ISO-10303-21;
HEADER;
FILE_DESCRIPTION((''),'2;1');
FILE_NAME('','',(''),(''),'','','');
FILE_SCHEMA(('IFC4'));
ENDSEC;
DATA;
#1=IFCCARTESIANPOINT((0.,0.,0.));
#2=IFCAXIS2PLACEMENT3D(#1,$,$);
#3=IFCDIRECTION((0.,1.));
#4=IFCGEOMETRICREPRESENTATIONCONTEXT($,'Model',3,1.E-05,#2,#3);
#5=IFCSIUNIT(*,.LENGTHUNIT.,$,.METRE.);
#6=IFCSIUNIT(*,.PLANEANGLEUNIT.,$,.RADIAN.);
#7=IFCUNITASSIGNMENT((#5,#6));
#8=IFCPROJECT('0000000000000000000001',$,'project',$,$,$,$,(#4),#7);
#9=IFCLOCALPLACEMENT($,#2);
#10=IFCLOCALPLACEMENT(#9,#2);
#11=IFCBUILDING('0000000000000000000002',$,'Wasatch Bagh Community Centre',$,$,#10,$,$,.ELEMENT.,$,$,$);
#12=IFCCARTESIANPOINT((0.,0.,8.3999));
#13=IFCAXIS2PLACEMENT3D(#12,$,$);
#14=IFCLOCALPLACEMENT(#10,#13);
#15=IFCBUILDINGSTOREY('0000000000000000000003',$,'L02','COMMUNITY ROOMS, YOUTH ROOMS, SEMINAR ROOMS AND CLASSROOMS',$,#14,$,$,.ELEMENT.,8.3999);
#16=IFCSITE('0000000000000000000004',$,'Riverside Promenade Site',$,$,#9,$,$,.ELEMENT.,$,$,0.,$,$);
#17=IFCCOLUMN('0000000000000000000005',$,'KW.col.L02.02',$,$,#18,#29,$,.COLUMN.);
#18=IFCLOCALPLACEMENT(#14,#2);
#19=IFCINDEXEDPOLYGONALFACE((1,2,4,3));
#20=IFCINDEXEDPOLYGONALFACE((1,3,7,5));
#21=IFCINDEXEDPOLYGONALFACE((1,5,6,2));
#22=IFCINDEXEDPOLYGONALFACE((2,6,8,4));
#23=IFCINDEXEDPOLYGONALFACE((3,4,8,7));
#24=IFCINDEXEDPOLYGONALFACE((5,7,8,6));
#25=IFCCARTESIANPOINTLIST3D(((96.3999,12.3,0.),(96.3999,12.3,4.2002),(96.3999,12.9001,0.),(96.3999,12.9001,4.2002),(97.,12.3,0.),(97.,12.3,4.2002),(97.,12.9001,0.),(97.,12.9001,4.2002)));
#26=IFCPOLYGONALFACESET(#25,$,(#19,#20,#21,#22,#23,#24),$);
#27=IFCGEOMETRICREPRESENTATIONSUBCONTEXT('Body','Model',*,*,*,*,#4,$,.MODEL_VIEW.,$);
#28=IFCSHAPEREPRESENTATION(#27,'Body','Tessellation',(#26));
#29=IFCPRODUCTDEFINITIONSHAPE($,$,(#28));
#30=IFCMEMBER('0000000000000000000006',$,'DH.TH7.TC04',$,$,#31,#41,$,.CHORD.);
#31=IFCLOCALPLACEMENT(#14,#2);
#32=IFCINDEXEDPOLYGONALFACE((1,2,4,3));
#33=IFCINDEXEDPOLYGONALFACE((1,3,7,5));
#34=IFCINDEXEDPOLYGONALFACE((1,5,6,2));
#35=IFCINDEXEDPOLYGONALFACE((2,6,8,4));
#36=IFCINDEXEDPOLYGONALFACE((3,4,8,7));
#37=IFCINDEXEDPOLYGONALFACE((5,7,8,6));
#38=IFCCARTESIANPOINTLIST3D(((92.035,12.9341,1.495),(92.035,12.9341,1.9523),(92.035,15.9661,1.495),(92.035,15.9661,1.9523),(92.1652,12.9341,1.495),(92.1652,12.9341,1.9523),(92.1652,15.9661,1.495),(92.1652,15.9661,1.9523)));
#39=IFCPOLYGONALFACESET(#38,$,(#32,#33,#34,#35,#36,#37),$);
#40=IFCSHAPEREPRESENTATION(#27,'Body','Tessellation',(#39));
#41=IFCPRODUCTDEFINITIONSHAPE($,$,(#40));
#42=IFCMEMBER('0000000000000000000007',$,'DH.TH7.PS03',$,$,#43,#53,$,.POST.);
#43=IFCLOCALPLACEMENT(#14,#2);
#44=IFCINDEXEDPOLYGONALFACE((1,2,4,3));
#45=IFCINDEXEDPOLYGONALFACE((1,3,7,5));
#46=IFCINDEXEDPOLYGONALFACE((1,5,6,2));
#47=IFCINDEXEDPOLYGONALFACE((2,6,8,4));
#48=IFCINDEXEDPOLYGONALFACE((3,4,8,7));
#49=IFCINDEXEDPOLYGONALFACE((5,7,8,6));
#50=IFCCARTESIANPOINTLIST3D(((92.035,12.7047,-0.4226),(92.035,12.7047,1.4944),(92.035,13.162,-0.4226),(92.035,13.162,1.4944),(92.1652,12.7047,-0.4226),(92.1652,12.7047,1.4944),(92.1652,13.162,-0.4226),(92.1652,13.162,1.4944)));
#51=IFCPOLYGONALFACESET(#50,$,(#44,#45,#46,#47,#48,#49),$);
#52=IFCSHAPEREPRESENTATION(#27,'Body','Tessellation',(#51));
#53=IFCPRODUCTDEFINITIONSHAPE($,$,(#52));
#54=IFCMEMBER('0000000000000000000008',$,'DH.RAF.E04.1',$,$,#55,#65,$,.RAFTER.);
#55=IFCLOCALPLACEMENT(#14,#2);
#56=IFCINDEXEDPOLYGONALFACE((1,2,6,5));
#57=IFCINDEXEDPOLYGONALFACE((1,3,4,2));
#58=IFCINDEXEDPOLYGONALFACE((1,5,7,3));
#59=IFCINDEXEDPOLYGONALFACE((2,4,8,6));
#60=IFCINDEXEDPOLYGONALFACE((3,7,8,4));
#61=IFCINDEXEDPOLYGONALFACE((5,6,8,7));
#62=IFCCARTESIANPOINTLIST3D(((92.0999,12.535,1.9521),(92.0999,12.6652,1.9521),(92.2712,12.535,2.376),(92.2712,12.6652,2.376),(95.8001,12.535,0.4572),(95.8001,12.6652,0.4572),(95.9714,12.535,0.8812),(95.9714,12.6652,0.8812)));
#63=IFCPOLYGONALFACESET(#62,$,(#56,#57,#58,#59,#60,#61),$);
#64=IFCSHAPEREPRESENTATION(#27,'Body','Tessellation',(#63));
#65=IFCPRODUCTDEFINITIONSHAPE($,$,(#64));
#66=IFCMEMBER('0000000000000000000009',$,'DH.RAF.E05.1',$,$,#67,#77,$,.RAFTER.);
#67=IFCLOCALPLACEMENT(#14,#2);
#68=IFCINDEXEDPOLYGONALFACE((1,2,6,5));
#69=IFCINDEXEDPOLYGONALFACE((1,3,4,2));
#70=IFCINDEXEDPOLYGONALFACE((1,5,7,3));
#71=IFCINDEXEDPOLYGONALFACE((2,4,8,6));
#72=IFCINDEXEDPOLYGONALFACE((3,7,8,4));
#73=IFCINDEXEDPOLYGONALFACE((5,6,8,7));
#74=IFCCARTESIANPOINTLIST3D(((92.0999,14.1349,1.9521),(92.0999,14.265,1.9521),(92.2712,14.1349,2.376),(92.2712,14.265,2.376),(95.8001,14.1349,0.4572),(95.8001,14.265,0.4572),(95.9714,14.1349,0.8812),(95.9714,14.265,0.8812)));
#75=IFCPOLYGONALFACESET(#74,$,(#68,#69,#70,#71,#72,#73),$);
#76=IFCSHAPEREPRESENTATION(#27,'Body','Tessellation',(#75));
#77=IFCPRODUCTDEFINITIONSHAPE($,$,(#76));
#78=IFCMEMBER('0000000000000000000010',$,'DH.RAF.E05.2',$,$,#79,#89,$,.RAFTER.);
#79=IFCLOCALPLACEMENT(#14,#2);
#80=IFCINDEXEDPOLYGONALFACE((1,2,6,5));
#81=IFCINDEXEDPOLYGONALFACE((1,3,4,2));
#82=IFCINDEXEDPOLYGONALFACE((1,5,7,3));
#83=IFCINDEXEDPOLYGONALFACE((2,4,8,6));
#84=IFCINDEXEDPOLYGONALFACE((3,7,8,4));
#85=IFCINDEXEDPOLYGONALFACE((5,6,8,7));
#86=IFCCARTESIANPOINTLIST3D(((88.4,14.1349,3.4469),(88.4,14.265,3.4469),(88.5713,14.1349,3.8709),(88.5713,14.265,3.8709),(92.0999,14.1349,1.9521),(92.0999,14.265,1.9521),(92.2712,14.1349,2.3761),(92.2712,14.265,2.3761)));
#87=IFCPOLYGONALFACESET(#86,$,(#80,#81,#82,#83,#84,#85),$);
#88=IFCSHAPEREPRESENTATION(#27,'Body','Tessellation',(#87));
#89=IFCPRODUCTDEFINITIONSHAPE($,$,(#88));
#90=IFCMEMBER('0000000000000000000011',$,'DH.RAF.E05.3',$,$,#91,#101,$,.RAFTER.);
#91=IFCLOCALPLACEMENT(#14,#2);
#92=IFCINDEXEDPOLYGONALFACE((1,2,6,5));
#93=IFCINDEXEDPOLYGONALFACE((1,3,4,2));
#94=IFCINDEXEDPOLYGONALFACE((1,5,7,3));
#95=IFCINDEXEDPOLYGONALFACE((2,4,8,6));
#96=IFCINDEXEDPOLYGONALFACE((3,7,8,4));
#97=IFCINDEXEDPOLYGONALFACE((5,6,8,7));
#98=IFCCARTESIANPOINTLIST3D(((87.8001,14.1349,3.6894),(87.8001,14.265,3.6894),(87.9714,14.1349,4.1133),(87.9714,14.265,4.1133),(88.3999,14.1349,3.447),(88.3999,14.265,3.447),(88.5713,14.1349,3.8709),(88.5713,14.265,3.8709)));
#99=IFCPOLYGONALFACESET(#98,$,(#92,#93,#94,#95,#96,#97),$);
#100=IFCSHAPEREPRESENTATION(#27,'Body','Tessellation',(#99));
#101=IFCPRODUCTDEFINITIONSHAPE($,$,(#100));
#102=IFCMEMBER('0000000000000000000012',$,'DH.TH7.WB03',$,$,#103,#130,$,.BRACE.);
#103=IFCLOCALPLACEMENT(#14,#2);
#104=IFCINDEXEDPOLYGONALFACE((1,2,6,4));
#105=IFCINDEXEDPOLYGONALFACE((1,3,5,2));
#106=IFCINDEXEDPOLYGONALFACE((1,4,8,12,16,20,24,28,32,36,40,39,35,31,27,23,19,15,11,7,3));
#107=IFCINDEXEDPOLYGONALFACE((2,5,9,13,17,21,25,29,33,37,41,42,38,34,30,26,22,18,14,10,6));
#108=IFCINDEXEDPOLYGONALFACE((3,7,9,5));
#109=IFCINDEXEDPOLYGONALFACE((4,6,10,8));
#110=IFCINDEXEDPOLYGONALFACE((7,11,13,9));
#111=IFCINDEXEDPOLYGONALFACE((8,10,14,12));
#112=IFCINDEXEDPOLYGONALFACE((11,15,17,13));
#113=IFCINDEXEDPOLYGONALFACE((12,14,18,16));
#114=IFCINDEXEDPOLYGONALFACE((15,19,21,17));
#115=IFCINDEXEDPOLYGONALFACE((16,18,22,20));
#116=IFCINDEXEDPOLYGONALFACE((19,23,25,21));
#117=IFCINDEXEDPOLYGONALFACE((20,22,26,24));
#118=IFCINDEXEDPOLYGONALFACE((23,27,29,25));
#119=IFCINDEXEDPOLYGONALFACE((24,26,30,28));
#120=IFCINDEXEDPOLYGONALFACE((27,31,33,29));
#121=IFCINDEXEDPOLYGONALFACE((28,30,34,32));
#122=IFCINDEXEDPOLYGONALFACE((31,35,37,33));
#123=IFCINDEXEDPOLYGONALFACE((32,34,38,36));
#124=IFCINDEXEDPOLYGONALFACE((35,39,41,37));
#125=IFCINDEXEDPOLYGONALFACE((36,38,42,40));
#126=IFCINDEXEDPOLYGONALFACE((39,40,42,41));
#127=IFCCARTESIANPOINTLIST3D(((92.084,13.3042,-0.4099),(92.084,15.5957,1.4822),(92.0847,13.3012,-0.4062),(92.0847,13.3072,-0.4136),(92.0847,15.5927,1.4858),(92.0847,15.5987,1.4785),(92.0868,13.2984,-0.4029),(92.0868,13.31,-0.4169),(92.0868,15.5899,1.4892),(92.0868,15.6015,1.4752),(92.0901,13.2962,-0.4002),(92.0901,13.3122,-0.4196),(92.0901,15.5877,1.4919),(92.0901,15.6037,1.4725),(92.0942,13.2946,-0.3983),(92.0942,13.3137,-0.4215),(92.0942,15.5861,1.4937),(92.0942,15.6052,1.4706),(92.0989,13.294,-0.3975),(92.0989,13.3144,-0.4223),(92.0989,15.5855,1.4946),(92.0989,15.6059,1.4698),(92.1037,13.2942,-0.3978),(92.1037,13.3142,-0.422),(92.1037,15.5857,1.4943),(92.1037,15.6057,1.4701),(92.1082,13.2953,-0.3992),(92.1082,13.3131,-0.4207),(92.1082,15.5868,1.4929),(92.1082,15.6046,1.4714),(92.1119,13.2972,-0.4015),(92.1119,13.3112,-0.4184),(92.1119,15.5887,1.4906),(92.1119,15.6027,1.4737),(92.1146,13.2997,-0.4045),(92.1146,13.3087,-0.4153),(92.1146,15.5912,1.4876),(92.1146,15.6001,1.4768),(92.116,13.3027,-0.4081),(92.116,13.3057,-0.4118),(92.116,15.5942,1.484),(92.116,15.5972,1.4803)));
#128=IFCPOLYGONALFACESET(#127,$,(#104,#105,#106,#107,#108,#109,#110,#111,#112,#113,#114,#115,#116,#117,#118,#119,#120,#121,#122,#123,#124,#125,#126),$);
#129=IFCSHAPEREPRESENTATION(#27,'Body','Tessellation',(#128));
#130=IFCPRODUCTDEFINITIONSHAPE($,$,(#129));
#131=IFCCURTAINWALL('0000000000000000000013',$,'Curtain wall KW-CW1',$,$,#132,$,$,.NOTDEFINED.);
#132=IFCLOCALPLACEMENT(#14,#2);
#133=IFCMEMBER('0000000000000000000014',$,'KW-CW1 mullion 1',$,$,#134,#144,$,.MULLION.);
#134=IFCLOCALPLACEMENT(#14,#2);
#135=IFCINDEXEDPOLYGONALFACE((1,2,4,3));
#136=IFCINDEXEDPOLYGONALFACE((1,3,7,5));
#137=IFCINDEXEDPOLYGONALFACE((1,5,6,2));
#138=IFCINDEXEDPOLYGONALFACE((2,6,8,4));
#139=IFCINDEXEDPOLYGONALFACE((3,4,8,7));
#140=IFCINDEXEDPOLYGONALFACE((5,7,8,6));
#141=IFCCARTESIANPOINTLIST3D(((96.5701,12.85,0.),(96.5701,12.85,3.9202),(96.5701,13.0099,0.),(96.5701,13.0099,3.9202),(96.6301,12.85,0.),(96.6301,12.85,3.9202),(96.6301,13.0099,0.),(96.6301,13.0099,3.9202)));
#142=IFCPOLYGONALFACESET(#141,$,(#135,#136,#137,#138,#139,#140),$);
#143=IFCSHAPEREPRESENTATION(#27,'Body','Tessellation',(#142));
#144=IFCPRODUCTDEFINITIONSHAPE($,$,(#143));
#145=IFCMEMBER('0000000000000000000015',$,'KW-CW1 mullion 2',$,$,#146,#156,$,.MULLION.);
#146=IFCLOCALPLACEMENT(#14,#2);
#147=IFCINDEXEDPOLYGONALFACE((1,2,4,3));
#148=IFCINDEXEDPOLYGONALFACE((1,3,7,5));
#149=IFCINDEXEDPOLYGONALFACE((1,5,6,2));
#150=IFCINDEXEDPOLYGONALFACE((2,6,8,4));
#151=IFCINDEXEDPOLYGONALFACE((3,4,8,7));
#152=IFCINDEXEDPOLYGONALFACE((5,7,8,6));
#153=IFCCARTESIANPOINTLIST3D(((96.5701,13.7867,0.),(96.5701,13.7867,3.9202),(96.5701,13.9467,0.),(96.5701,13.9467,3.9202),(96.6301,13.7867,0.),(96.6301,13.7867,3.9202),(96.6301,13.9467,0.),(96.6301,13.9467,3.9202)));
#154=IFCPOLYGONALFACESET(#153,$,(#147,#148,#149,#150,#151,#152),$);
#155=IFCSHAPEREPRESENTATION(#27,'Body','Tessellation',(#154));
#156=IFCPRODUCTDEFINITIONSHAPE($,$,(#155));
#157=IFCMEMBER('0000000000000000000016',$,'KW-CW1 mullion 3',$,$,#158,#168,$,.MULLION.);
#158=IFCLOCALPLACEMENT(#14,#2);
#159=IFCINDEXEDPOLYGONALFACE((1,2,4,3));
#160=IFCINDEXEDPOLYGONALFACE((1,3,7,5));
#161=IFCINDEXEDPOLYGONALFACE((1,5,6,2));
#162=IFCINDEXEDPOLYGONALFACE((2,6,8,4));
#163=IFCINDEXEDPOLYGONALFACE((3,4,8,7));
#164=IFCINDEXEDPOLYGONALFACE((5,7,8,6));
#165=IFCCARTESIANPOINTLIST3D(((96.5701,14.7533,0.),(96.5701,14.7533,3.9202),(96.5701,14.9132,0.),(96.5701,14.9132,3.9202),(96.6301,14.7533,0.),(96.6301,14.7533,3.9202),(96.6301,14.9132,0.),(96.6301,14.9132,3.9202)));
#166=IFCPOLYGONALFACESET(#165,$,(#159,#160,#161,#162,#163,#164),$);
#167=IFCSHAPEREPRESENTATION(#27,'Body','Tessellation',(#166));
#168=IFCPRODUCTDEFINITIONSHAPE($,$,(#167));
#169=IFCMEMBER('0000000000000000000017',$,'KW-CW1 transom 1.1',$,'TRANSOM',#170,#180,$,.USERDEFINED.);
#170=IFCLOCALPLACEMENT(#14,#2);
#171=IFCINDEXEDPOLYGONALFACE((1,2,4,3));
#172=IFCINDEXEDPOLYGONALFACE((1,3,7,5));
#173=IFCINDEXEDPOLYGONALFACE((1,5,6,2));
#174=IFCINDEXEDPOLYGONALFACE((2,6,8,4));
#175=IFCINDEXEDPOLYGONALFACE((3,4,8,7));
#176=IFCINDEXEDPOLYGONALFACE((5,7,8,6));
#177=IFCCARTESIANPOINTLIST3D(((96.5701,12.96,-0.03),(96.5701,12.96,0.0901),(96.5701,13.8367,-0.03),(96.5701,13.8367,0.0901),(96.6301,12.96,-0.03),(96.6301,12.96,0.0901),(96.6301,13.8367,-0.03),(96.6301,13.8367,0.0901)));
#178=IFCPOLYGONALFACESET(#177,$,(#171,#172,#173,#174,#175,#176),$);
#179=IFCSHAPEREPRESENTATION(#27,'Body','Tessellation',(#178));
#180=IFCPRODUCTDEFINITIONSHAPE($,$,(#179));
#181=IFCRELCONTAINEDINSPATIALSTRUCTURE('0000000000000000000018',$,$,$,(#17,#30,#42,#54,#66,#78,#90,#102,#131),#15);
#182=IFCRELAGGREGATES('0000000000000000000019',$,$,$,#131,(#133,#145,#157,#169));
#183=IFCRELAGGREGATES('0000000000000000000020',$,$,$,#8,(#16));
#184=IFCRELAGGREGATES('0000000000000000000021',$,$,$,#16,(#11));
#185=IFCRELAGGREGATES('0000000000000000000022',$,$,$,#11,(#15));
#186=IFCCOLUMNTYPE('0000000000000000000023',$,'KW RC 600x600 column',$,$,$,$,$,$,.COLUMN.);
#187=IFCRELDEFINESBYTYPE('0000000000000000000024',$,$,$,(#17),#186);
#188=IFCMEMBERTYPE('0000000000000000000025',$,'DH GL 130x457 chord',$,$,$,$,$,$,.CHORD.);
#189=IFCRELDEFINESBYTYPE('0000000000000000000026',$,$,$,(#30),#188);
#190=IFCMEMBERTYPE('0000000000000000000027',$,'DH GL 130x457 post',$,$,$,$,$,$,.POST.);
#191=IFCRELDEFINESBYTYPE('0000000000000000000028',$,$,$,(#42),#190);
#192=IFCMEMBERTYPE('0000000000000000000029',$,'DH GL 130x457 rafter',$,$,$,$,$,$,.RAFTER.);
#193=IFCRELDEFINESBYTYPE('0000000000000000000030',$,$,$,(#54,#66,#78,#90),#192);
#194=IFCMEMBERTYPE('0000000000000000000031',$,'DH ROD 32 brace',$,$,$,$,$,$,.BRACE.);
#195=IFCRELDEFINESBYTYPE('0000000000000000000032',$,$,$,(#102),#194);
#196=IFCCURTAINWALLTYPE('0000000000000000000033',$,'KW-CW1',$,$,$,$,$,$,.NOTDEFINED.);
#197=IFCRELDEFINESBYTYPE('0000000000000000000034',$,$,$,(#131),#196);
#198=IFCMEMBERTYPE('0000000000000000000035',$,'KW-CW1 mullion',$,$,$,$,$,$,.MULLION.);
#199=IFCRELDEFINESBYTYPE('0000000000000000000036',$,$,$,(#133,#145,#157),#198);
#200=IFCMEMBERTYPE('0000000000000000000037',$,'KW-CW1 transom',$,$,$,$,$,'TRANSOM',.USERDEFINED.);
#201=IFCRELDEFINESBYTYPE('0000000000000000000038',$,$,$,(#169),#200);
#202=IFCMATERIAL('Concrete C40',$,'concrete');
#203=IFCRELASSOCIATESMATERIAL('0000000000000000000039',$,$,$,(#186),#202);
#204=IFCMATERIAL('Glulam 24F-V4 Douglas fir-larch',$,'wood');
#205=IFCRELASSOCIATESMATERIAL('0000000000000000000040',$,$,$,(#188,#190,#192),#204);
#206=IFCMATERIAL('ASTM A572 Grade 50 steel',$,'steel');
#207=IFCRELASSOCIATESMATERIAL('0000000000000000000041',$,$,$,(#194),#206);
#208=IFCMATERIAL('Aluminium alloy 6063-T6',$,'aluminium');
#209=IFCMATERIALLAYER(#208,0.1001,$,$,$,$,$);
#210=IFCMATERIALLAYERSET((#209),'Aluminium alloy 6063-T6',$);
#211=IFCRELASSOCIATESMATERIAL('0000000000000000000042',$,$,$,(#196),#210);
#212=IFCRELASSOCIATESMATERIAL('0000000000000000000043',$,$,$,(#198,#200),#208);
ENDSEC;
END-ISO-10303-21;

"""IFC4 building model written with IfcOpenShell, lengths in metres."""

from ifc_helpers import new_model, si_unit, direction, frame, origin, origin_2d, place, context, subcontext, project, spatial, rectangle, circle, extrude, material, layer, layer_set, material_profile, profile_set, type_object, element, aggregate, save


model = new_model("IFC4")

# Units and contexts
model_context = context("Model", 3, precision=1e-05, world=origin(), true_north=direction((0.0, 1.0)))
body_context = subcontext(model_context, "Body", "Model", "MODEL_VIEW")
ifc_project = project(units=[si_unit("LENGTHUNIT", "METRE"), si_unit("PLANEANGLEUNIT", "RADIAN")], contexts=[model_context])

# Site, building, storey
site_placement = place(None, origin())
site = spatial("IfcSite", under=ifc_project, at=site_placement, Name="Riverside Promenade Site", CompositionType="ELEMENT", RefElevation=0.0)
building_placement = place(site_placement, origin())
building = spatial("IfcBuilding", under=site, at=building_placement, Name="Wasatch Bagh Community Centre", CompositionType="ELEMENT")
storey_placement = place(building_placement, frame((0.0, 0.0, 8.3999)))
storey = spatial("IfcBuildingStorey", under=building, at=storey_placement, Name="L02", Description="COMMUNITY ROOMS, YOUTH ROOMS, SEMINAR ROOMS AND CLASSROOMS", CompositionType="ELEMENT", Elevation=8.3999)

# Column
ifc_material_1 = material(Name="Concrete C40", Category="concrete")
ifc_material_profile_1 = material_profile(ifc_material_1, rectangle(XDim=0.6001, YDim=0.6001, at=origin_2d()), Name="RC 600x600")
ifc_profile_set_1 = profile_set([ifc_material_profile_1], Name="Concrete C40")
column_type = type_object("IfcColumnType", Name="KW RC 600x600 column", PredefinedType="COLUMN", material=ifc_profile_set_1)
column_placement = place(storey_placement, frame((96.7, 12.6001, 0.0), z_axis=(0.0, 0.0, 1.0), x_axis=(1.0, 0.0, 0.0)))
element("IfcColumn", 1, at=column_placement, inside=storey, type_object=column_type, Name="KW.col.L02.02", PredefinedType="COLUMN", context=body_context, shape_type="SweptSolid", body=[
    extrude(rectangle(XDim=0.6001, YDim=0.6001, at=origin_2d()), origin(), (0.0, 0.0, 1.0), 4.2002),
])

# Members
ifc_material_2 = material(Name="Glulam 24F-V4 Douglas fir-larch", Category="wood")
ifc_material_profile_2 = material_profile(ifc_material_2, rectangle(XDim=0.1301, YDim=0.4573, at=origin_2d()), Name="GL 130x457")
ifc_profile_set_2 = profile_set([ifc_material_profile_2], Name="Glulam 24F-V4 Douglas fir-larch")
member_type_1 = type_object("IfcMemberType", Name="DH GL 130x457 chord", PredefinedType="CHORD", material=ifc_profile_set_2)
member_1_placement = place(storey_placement, frame((92.1001, 12.9341, 1.7236), z_axis=(0.0, 1.0, 0.0), x_axis=(-1.0, 0.0, 0.0)))
element("IfcMember", 2, at=member_1_placement, inside=storey, type_object=member_type_1, Name="DH.TH7.TC04", PredefinedType="CHORD", context=body_context, shape_type="SweptSolid", body=[
    extrude(rectangle(XDim=0.1301, YDim=0.4573, at=origin_2d()), origin(), (0.0, 0.0, 1.0), 3.032),
])
ifc_material_profile_3 = material_profile(ifc_material_2, rectangle(XDim=0.1301, YDim=0.4573, at=origin_2d()), Name="GL 130x457")
ifc_profile_set_3 = profile_set([ifc_material_profile_3], Name="Glulam 24F-V4 Douglas fir-larch")
member_type_2 = type_object("IfcMemberType", Name="DH GL 130x457 post", PredefinedType="POST", material=ifc_profile_set_3)
member_2_placement = place(storey_placement, frame((92.1001, 12.9333, -0.4226), z_axis=(0.0, 0.0, 1.0), x_axis=(1.0, 0.0, 0.0)))
element("IfcMember", 3, at=member_2_placement, inside=storey, type_object=member_type_2, Name="DH.TH7.PS03", PredefinedType="POST", context=body_context, shape_type="SweptSolid", body=[
    extrude(rectangle(XDim=0.1301, YDim=0.4573, at=origin_2d()), origin(), (0.0, 0.0, 1.0), 1.917),
])
ifc_material_profile_4 = material_profile(ifc_material_2, rectangle(XDim=0.1301, YDim=0.4573, at=origin_2d()), Name="GL 130x457")
ifc_profile_set_4 = profile_set([ifc_material_profile_4], Name="Glulam 24F-V4 Douglas fir-larch")
member_type_3 = type_object("IfcMemberType", Name="DH GL 130x457 rafter", PredefinedType="RAFTER", material=ifc_profile_set_4)
for number, where, z_axis, x_axis, name in (
    (4, (95.8857, 12.6001, 0.6692), (-0.927193, 0.0, 0.374584), (0.0, -1.0, 0.0), "DH.RAF.E04.1"),
    (5, (95.8857, 14.2, 0.6692), (-0.927193, 0.0, 0.374584), (0.0, -1.0, 0.0), "DH.RAF.E05.1"),
):
    element("IfcMember", number, at=place(storey_placement, frame(where, z_axis=z_axis, x_axis=x_axis)), inside=storey, type_object=member_type_3, Name=name, PredefinedType="RAFTER", context=body_context, shape_type="SweptSolid", body=[
        extrude(rectangle(XDim=0.1301, YDim=0.4573, at=origin_2d()), origin(), (0.0, 0.0, 1.0), 3.9907),
    ])
member_3_placement = place(storey_placement, frame((92.1855, 14.2, 2.1641), z_axis=(-0.927184, 0.0, 0.374606), x_axis=(0.0, -1.0, 0.0)))
element("IfcMember", 6, at=member_3_placement, inside=storey, type_object=member_type_3, Name="DH.RAF.E05.2", PredefinedType="RAFTER", context=body_context, shape_type="SweptSolid", body=[
    extrude(rectangle(XDim=0.1301, YDim=0.4573, at=origin_2d()), origin(), (0.0, 0.0, 1.0), 3.9905),
])
member_4_placement = place(storey_placement, frame((88.4856, 14.2, 3.6589), z_axis=(-0.927144, 0.0, 0.374706), x_axis=(0.0, -1.0, 0.0)))
element("IfcMember", 7, at=member_4_placement, inside=storey, type_object=member_type_3, Name="DH.RAF.E05.3", PredefinedType="RAFTER", context=body_context, shape_type="SweptSolid", body=[
    extrude(rectangle(XDim=0.1301, YDim=0.4573, at=origin_2d()), origin(), (0.0, 0.0, 1.0), 0.647),
])
ifc_material_3 = material(Name="ASTM A572 Grade 50 steel", Category="steel")
ifc_material_profile_5 = material_profile(ifc_material_3, circle(Radius=0.0161, at=origin_2d()), Name="ROD 32")
ifc_profile_set_5 = profile_set([ifc_material_profile_5], Name="ASTM A572 Grade 50 steel")
member_type_4 = type_object("IfcMemberType", Name="DH ROD 32 brace", PredefinedType="BRACE", material=ifc_profile_set_5)
member_5_placement = place(storey_placement, frame((92.1001, 13.3042, -0.4099), z_axis=(0.0, 0.771109, 0.636703), x_axis=(-1.0, 0.0, 0.0)))
element("IfcMember", 8, at=member_5_placement, inside=storey, type_object=member_type_4, Name="DH.TH7.WB03", PredefinedType="BRACE", context=body_context, shape_type="SweptSolid", body=[
    extrude(circle(Radius=0.0161, at=origin_2d()), origin(), (0.0, 0.0, 1.0), 2.9717),
])

# Curtain wall, members
ifc_material_4 = material(Name="Aluminium alloy 6063-T6", Category="aluminium")
ifc_layer_1 = layer(ifc_material_4, 0.1001)
ifc_layer_set_1 = layer_set([ifc_layer_1], Name="Aluminium alloy 6063-T6")
curtain_wall_type = type_object("IfcCurtainWallType", Name="KW-CW1", PredefinedType="NOTDEFINED", material=ifc_layer_set_1)
curtain_wall_placement = place(storey_placement, origin())
curtain_wall = element("IfcCurtainWall", 9, at=curtain_wall_placement, inside=storey, type_object=curtain_wall_type, Name="Curtain wall KW-CW1", PredefinedType="NOTDEFINED")
ifc_material_profile_6 = material_profile(ifc_material_4, rectangle(XDim=0.0601, YDim=0.1599, at=origin_2d()), Name="AL 60x160")
ifc_profile_set_6 = profile_set([ifc_material_profile_6], Name="Aluminium alloy 6063-T6")
member_type_5 = type_object("IfcMemberType", Name="KW-CW1 mullion", PredefinedType="MULLION", material=ifc_profile_set_6)
member_6_placement = place(storey_placement, frame((96.6001, 12.9299, 0.0), z_axis=(0.0, 0.0, 1.0), x_axis=(-1.0, 0.0, 0.0)))
member_6 = element("IfcMember", 10, at=member_6_placement, type_object=member_type_5, Name="KW-CW1 mullion 1", PredefinedType="MULLION", context=body_context, shape_type="SweptSolid", body=[
    extrude(rectangle(XDim=0.0601, YDim=0.1599, at=origin_2d()), origin(), (0.0, 0.0, 1.0), 3.9202),
])
member_7_placement = place(storey_placement, frame((96.6001, 13.8667, 0.0), z_axis=(0.0, 0.0, 1.0), x_axis=(-1.0, 0.0, 0.0)))
member_7 = element("IfcMember", 11, at=member_7_placement, type_object=member_type_5, Name="KW-CW1 mullion 2", PredefinedType="MULLION", context=body_context, shape_type="SweptSolid", body=[
    extrude(rectangle(XDim=0.0601, YDim=0.1599, at=origin_2d()), origin(), (0.0, 0.0, 1.0), 3.9202),
])
member_8_placement = place(storey_placement, frame((96.6001, 14.8333, 0.0), z_axis=(0.0, 0.0, 1.0), x_axis=(-1.0, 0.0, 0.0)))
member_8 = element("IfcMember", 12, at=member_8_placement, type_object=member_type_5, Name="KW-CW1 mullion 3", PredefinedType="MULLION", context=body_context, shape_type="SweptSolid", body=[
    extrude(rectangle(XDim=0.0601, YDim=0.1599, at=origin_2d()), origin(), (0.0, 0.0, 1.0), 3.9202),
])
ifc_material_profile_7 = material_profile(ifc_material_4, rectangle(XDim=0.0601, YDim=0.1201, at=origin_2d()), Name="AL 60x120")
ifc_profile_set_7 = profile_set([ifc_material_profile_7], Name="Aluminium alloy 6063-T6")
member_type_6 = type_object("IfcMemberType", Name="KW-CW1 transom", ElementType="TRANSOM", PredefinedType="USERDEFINED", material=ifc_profile_set_7)
member_9_placement = place(storey_placement, frame((96.6001, 12.96, 0.03), z_axis=(0.0, 1.0, 0.0), x_axis=(-1.0, 0.0, 0.0)))
member_9 = element("IfcMember", 13, at=member_9_placement, type_object=member_type_6, Name="KW-CW1 transom 1.1", ObjectType="TRANSOM", PredefinedType="USERDEFINED", context=body_context, shape_type="SweptSolid", body=[
    extrude(rectangle(XDim=0.0601, YDim=0.1201, at=origin_2d()), origin(), (0.0, 0.0, 1.0), 0.8767),
])
aggregate(curtain_wall, [member_6, member_7, member_8, member_9])

save(model, "model.ifc")
